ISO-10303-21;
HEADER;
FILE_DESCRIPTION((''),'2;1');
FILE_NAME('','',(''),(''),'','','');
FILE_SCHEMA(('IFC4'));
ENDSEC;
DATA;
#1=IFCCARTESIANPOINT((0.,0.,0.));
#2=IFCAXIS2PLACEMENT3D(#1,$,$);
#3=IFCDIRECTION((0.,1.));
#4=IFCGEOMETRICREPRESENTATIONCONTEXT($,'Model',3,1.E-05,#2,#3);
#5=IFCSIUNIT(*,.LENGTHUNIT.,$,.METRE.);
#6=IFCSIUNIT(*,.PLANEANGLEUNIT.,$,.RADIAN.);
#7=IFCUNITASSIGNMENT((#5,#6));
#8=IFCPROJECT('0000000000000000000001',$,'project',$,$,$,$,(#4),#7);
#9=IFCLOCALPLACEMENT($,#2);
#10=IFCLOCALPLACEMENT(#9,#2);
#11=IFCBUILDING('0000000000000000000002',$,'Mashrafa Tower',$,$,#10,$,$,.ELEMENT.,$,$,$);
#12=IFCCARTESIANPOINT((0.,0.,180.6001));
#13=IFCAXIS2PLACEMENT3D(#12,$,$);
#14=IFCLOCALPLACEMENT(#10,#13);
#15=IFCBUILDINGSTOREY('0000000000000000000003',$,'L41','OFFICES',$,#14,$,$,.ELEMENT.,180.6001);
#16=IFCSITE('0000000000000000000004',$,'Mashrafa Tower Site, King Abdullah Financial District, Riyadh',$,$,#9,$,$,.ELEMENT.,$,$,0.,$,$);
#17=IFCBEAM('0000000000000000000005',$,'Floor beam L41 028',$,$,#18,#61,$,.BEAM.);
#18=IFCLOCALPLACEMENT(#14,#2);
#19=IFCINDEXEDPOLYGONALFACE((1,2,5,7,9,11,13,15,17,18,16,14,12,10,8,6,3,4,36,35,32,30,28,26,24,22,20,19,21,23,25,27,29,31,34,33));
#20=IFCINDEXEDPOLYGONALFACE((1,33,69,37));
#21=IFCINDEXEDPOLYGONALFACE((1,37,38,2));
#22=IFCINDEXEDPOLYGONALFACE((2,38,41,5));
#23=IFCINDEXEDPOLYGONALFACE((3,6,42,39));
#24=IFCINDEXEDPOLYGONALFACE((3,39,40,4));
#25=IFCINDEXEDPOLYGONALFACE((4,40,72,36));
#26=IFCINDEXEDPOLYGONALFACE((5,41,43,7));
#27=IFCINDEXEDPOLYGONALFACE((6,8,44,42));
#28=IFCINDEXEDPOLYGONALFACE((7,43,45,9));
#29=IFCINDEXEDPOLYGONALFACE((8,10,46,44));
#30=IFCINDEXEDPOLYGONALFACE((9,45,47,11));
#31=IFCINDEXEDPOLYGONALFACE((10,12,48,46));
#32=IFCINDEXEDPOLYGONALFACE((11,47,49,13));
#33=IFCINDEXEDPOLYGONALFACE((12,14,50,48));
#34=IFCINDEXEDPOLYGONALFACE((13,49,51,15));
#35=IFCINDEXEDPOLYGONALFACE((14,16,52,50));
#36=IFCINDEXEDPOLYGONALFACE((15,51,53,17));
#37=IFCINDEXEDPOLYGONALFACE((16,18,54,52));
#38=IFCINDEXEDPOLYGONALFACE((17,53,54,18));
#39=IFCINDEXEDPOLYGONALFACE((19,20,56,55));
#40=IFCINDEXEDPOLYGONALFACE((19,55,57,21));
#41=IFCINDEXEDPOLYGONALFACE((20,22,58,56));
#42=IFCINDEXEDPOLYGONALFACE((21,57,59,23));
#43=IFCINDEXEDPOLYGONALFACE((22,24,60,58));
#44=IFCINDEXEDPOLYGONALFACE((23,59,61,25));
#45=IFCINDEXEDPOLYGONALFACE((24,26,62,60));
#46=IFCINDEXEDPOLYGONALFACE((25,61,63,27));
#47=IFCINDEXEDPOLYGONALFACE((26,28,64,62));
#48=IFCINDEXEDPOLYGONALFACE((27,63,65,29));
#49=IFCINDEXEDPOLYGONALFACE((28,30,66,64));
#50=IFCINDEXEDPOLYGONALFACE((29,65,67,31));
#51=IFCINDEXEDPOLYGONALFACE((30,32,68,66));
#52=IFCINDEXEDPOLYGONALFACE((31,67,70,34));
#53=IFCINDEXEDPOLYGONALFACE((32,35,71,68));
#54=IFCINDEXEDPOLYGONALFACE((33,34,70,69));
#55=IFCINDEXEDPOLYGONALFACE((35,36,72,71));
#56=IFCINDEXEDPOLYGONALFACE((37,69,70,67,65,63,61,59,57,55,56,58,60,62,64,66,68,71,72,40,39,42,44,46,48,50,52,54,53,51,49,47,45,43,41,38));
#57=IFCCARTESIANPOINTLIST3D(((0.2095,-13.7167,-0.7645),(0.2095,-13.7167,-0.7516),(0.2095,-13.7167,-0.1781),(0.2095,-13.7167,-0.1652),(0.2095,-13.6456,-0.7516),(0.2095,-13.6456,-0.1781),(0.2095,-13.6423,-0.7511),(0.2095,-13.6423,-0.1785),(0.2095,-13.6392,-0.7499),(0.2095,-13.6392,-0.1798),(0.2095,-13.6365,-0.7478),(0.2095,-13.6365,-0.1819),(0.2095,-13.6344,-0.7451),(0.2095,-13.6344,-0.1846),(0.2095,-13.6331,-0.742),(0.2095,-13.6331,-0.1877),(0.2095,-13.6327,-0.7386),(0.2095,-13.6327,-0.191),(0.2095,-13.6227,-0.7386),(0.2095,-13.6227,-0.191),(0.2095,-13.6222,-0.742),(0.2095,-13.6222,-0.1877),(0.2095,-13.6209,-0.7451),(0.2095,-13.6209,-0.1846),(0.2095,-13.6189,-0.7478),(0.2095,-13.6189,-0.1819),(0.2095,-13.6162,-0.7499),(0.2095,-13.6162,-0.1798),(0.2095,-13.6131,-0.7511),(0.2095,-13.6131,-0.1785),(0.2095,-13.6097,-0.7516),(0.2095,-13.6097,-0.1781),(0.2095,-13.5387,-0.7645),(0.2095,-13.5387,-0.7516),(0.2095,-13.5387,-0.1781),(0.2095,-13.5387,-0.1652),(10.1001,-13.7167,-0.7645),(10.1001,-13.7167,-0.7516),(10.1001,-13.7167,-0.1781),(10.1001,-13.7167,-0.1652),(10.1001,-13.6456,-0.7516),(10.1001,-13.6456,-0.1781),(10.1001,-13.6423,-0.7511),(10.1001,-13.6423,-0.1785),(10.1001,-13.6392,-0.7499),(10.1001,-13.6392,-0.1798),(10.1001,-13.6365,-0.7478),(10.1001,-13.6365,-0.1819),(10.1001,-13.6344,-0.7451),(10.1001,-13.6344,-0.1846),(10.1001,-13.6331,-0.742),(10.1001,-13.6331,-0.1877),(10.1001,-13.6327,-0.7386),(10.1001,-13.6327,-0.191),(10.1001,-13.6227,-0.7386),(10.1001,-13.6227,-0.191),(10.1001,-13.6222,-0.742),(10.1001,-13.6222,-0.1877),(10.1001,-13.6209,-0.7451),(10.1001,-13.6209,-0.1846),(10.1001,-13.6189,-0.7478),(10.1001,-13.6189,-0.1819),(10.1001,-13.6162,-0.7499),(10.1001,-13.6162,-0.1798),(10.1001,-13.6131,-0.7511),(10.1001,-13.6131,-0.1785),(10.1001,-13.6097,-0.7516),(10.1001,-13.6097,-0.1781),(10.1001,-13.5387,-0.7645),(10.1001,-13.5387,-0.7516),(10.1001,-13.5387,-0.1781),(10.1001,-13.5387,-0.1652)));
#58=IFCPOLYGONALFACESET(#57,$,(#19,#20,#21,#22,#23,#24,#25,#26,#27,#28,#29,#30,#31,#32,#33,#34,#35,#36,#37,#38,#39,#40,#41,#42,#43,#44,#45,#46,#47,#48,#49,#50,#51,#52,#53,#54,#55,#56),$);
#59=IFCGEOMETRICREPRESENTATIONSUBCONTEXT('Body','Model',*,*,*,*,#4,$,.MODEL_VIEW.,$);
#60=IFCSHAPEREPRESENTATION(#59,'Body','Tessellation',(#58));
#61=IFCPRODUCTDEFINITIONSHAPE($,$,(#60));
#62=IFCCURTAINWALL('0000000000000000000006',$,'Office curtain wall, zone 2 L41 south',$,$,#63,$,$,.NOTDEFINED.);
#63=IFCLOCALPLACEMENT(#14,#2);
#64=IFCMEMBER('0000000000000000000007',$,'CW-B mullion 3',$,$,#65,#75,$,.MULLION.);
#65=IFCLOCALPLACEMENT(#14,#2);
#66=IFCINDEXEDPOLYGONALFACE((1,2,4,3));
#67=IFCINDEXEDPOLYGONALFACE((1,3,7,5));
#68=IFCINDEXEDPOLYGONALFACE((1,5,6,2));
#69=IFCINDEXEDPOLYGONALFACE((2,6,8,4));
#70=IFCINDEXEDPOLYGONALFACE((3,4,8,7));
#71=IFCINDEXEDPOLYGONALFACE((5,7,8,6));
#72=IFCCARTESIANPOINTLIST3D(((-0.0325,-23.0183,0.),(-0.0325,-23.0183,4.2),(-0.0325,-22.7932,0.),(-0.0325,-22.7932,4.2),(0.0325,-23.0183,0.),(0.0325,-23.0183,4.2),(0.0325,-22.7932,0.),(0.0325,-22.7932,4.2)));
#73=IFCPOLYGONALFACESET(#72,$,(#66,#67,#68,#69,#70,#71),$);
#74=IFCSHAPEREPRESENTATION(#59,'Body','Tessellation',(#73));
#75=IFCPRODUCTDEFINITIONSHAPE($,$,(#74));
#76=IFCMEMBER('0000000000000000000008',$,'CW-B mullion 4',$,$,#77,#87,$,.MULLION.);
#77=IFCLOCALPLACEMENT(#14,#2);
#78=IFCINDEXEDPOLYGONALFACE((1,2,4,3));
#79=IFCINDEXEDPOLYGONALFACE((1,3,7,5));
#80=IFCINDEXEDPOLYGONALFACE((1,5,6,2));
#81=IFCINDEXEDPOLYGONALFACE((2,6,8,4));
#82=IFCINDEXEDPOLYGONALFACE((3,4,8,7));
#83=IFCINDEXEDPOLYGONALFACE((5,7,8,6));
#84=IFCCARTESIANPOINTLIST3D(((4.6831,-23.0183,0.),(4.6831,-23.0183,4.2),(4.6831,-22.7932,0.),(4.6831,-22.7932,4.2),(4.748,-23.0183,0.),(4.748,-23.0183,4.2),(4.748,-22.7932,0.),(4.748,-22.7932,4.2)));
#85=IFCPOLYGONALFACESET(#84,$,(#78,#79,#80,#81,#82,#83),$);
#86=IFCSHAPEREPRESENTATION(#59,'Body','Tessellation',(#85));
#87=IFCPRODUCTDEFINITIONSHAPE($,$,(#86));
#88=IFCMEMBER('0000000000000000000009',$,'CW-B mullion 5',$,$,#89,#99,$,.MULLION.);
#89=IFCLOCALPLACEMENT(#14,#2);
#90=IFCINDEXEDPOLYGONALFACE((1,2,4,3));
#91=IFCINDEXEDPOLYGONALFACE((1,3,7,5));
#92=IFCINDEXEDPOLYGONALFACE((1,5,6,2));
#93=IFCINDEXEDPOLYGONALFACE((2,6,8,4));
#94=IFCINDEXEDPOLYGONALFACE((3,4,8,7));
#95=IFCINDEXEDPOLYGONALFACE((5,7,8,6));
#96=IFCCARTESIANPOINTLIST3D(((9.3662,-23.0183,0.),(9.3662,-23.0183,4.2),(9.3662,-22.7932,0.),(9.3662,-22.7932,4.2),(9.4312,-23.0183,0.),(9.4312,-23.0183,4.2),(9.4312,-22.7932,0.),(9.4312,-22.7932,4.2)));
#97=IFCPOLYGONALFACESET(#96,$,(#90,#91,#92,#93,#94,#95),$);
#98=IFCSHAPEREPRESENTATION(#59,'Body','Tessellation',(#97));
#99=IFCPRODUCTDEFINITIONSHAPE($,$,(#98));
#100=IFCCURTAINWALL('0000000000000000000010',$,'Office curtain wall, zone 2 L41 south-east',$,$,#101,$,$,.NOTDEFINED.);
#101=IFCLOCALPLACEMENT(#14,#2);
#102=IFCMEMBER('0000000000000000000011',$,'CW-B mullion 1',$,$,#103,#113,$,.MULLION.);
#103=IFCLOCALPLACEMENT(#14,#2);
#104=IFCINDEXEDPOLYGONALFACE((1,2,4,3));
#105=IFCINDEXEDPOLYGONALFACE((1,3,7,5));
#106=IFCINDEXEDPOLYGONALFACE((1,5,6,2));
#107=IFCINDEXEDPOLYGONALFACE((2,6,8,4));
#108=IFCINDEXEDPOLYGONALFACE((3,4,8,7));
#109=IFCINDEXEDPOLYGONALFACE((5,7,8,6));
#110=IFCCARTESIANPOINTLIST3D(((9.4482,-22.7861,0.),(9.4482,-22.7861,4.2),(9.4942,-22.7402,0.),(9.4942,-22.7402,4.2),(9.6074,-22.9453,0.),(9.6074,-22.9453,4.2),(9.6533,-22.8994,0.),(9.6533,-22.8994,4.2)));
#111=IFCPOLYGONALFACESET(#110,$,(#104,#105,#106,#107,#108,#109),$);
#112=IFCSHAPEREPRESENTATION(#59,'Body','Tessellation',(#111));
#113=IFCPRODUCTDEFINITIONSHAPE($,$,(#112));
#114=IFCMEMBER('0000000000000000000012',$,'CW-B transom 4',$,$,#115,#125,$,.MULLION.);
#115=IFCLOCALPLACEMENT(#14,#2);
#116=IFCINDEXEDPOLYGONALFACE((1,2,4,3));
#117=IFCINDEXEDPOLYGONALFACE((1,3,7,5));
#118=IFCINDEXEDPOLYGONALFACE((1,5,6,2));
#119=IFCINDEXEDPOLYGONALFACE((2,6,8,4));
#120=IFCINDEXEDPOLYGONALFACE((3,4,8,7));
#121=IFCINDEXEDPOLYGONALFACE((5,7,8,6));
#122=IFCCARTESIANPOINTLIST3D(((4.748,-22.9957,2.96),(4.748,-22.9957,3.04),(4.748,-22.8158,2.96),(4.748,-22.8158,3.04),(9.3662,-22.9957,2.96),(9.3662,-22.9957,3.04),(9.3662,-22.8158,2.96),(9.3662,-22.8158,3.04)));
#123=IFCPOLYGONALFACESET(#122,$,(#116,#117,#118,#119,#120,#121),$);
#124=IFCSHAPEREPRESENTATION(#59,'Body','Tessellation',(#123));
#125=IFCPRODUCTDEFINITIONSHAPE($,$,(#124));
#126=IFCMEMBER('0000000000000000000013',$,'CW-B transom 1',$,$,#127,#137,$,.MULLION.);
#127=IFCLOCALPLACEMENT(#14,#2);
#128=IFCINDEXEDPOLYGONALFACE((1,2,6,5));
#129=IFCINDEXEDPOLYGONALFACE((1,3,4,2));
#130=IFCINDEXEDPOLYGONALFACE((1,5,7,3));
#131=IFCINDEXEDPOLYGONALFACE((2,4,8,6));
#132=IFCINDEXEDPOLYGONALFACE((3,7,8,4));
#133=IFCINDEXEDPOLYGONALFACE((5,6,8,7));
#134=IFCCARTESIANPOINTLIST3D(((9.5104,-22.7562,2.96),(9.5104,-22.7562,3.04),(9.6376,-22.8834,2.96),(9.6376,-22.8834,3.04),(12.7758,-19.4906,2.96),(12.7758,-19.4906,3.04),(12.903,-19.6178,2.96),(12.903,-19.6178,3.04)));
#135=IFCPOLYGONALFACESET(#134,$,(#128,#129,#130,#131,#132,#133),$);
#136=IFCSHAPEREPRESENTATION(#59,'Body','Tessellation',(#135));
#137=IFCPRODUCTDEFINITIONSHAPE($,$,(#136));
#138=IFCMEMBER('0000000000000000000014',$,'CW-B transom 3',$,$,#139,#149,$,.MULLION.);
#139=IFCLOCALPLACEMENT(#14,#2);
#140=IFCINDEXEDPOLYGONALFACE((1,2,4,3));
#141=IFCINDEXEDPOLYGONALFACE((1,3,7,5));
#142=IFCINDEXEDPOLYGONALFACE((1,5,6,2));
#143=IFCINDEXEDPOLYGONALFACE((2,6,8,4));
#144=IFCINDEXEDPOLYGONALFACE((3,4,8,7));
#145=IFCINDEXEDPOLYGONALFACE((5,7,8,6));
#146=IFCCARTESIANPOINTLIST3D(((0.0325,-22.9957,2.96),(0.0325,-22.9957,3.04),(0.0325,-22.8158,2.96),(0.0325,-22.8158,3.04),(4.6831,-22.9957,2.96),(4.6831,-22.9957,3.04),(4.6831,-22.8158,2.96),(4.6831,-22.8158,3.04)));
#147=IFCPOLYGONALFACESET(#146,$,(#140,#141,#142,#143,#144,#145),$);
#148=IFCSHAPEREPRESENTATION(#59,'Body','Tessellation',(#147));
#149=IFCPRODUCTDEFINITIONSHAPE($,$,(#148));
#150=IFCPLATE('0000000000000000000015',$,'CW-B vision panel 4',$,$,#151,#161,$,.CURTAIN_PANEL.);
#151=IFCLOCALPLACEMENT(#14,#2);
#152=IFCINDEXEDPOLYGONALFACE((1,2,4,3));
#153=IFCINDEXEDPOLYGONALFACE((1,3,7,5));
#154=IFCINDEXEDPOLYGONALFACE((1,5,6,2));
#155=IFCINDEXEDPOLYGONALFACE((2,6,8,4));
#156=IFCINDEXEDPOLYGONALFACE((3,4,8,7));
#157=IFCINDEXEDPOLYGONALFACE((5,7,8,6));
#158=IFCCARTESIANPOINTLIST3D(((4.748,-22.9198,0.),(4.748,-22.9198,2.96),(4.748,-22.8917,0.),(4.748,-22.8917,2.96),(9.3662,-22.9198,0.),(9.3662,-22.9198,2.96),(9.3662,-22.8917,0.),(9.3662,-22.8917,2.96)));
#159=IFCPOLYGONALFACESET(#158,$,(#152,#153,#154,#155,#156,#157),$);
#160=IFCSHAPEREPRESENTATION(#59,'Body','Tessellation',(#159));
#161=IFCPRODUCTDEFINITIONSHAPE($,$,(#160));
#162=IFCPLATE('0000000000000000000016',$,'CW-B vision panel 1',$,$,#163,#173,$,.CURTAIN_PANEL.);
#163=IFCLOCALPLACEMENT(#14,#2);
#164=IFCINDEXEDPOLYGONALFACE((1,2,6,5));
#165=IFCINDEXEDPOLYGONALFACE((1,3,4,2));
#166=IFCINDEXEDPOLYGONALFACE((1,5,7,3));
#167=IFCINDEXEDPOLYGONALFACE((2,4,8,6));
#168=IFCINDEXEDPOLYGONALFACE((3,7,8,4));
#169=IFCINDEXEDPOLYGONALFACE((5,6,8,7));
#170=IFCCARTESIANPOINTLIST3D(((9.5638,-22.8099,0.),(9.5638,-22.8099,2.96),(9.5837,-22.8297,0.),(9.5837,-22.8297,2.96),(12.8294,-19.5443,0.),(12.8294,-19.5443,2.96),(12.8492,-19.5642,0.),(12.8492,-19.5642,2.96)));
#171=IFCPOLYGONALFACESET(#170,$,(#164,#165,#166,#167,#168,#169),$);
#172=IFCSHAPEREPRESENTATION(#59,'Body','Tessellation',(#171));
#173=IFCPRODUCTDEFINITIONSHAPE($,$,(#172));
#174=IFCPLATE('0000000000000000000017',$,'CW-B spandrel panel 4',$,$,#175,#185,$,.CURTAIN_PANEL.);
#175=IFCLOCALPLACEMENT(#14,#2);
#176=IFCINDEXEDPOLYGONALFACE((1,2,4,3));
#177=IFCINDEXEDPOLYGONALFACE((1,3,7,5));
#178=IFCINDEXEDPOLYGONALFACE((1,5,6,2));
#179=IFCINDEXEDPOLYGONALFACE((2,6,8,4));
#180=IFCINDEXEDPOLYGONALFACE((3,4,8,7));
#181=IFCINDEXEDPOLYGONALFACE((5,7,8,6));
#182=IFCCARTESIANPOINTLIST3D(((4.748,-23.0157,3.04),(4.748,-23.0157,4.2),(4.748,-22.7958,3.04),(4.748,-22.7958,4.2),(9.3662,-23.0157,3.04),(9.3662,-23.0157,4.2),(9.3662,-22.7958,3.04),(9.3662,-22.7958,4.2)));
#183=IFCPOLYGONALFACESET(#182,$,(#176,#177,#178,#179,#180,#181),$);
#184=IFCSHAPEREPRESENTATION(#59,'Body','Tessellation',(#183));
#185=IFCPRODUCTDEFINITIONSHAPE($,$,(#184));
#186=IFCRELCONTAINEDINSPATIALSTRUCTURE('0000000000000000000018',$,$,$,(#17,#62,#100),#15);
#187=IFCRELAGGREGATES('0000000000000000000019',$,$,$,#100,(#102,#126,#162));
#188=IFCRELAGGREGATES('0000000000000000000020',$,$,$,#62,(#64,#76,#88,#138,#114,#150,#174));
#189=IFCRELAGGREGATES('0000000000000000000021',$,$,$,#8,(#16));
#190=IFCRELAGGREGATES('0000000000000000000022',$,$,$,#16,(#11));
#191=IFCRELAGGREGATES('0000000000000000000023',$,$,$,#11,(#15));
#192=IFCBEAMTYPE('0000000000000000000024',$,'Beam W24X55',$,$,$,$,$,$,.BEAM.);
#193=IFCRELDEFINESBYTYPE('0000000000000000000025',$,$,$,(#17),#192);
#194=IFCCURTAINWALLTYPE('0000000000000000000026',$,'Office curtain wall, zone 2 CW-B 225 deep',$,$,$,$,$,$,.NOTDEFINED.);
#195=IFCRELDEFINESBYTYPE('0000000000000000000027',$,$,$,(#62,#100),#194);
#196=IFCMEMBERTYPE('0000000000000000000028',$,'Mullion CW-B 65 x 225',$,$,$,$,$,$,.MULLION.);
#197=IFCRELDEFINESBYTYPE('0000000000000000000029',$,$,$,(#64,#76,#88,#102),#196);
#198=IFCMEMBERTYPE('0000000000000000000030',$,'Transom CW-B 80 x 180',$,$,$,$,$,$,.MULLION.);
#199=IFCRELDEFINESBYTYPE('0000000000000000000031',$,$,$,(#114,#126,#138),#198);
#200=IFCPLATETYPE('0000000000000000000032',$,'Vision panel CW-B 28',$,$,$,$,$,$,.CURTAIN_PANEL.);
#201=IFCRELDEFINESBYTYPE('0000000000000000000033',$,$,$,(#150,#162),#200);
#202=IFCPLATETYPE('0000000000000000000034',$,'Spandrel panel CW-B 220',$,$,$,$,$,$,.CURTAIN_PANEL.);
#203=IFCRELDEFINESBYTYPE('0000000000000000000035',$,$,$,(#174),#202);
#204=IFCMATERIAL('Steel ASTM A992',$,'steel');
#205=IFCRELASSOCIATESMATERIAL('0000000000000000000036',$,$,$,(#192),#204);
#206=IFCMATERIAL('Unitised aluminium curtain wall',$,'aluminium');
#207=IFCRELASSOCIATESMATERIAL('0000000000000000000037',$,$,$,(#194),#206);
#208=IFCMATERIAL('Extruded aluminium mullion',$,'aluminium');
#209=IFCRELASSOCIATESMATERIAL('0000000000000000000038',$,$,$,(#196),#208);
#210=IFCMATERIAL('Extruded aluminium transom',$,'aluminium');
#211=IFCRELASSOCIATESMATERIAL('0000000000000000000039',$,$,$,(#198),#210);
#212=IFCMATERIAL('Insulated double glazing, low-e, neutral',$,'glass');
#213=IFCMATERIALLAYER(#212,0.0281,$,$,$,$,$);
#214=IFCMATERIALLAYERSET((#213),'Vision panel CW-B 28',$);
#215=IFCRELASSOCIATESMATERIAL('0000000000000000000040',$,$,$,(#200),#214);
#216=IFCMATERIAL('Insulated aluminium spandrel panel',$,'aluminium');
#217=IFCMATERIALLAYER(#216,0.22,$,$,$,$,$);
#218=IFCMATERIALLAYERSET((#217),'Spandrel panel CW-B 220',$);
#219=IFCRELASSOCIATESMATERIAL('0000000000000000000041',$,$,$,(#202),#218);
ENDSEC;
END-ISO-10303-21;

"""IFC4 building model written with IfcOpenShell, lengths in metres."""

from ifc_helpers import new_model, si_unit, direction, frame, origin, origin_2d, place, context, subcontext, project, spatial, rectangle, i_section, extrude, source, transform, mapped, material, layer, layer_set, material_profile, profile_set, type_object, type_shapes, element, aggregate, save


model = new_model("IFC4")

# Units and contexts
model_context = context("Model", 3, precision=1e-05, world=origin(), true_north=direction((0.0, 1.0)))
body_context = subcontext(model_context, "Body", "Model", "MODEL_VIEW")
ifc_project = project(units=[si_unit("LENGTHUNIT", "METRE"), si_unit("PLANEANGLEUNIT", "RADIAN")], contexts=[model_context])

# Site, building, storey
site_placement = place(None, origin())
site = spatial("IfcSite", under=ifc_project, at=site_placement, Name="Mashrafa Tower Site, King Abdullah Financial District, Riyadh", CompositionType="ELEMENT", RefElevation=0.0)
building_placement = place(site_placement, origin())
building = spatial("IfcBuilding", under=site, at=building_placement, Name="Mashrafa Tower", CompositionType="ELEMENT")
storey_placement = place(building_placement, frame((0.0, 0.0, 180.6001)))
storey = spatial("IfcBuildingStorey", under=building, at=storey_placement, Name="L41", Description="OFFICES", CompositionType="ELEMENT", Elevation=180.6001)

# Beam
ifc_material_1 = material(Name="Steel ASTM A992", Category="steel")
ifc_material_profile_1 = material_profile(ifc_material_1, i_section(OverallWidth=0.178, OverallDepth=0.5994, WebThickness=0.01, FlangeThickness=0.0129, FilletRadius=0.0129, at=origin_2d()), Name="W24X55")
ifc_profile_set_1 = profile_set([ifc_material_profile_1], Name="Steel ASTM A992")
beam_type_1 = type_object("IfcBeamType", Name="Beam W24X55", PredefinedType="BEAM", material=ifc_profile_set_1)
beam_1_placement = place(storey_placement, frame((10.1001, -13.6277, -0.4648), z_axis=(-1.0, 0.0, 0.0), x_axis=(0.0, -1.0, 0.0)))
element("IfcBeam", 1, at=beam_1_placement, inside=storey, type_object=beam_type_1, Name="Floor beam L41 028", PredefinedType="BEAM", context=body_context, shape_type="SweptSolid", body=[
    extrude(i_section(OverallWidth=0.178, OverallDepth=0.5994, WebThickness=0.01, FlangeThickness=0.0129, FilletRadius=0.0129, at=origin_2d()), origin(), (0.0, 0.0, 1.0), 9.8906),
])

# Curtain wall, members
ifc_material_2 = material(Name="Unitised aluminium curtain wall", Category="aluminium")
curtain_wall_type = type_object("IfcCurtainWallType", Name="Office curtain wall, zone 2 CW-B 225 deep", PredefinedType="NOTDEFINED", material=ifc_material_2)
curtain_wall_1_placement = place(storey_placement, origin())
curtain_wall_1 = element("IfcCurtainWall", 2, at=curtain_wall_1_placement, inside=storey, type_object=curtain_wall_type, Name="Office curtain wall, zone 2 L41 south", PredefinedType="NOTDEFINED")
ifc_material_3 = material(Name="Extruded aluminium mullion", Category="aluminium")
ifc_material_profile_2 = material_profile(ifc_material_3, rectangle(XDim=0.2251, YDim=0.0649, at=origin_2d()), Name="Mullion 65x225")
ifc_profile_set_2 = profile_set([ifc_material_profile_2], Name="Extruded aluminium mullion")
member_type_1 = type_object("IfcMemberType", Name="Mullion CW-B 65 x 225", PredefinedType="MULLION", material=ifc_profile_set_2)
shared_shape_1 = source(origin(), body_context, "Body", "SweptSolid", [
    extrude(rectangle(XDim=0.2251, YDim=0.0649, at=origin_2d()), origin(), (0.0, 0.0, 1.0), 4.2),
])
type_shapes(member_type_1, [shared_shape_1])
member_1_placement = place(storey_placement, frame((0.0, -22.9058, 0.0), z_axis=(0.0, 0.0, 1.0), x_axis=(0.0, 1.0, 0.0)))
member_1 = element("IfcMember", 3, at=member_1_placement, type_object=member_type_1, Name="CW-B mullion 3", PredefinedType="MULLION", context=body_context, shape_type="MappedRepresentation", body=[
    mapped(shared_shape_1, transform((0.0, 0.0, 0.0))),
])
member_2_placement = place(storey_placement, frame((4.7156, -22.9058, 0.0), z_axis=(0.0, 0.0, 1.0), x_axis=(0.0, 1.0, 0.0)))
member_2 = element("IfcMember", 4, at=member_2_placement, type_object=member_type_1, Name="CW-B mullion 4", PredefinedType="MULLION", context=body_context, shape_type="MappedRepresentation", body=[
    mapped(shared_shape_1, transform((0.0, 0.0, 0.0))),
])
member_3_placement = place(storey_placement, frame((9.3987, -22.9058, 0.0), z_axis=(0.0, 0.0, 1.0), x_axis=(0.0, 1.0, 0.0)))
member_3 = element("IfcMember", 5, at=member_3_placement, type_object=member_type_1, Name="CW-B mullion 5", PredefinedType="MULLION", context=body_context, shape_type="MappedRepresentation", body=[
    mapped(shared_shape_1, transform((0.0, 0.0, 0.0))),
])

# Curtain wall, member
curtain_wall_2_placement = place(storey_placement, origin())
curtain_wall_2 = element("IfcCurtainWall", 6, at=curtain_wall_2_placement, inside=storey, type_object=curtain_wall_type, Name="Office curtain wall, zone 2 L41 south-east", PredefinedType="NOTDEFINED")
member_4_placement = place(storey_placement, frame((9.5508, -22.8428, 0.0), z_axis=(0.0, 0.0, 1.0), x_axis=(-0.707107, 0.707107, 0.0)))
member_4 = element("IfcMember", 7, at=member_4_placement, type_object=member_type_1, Name="CW-B mullion 1", PredefinedType="MULLION", context=body_context, shape_type="MappedRepresentation", body=[
    mapped(shared_shape_1, transform((0.0, 0.0, 0.0))),
])

# Members
ifc_material_4 = material(Name="Extruded aluminium transom", Category="aluminium")
ifc_material_profile_3 = material_profile(ifc_material_4, rectangle(XDim=0.1799, YDim=0.0801, at=origin_2d()), Name="Transom 80x180")
ifc_profile_set_3 = profile_set([ifc_material_profile_3], Name="Extruded aluminium transom")
member_type_2 = type_object("IfcMemberType", Name="Transom CW-B 80 x 180", PredefinedType="MULLION", material=ifc_profile_set_3)
shared_shape_2 = source(origin(), body_context, "Body", "SweptSolid", [
    extrude(rectangle(XDim=0.1799, YDim=0.0801, at=origin_2d()), origin(), (0.0, 0.0, 1.0), 4.6182),
])
member_5_placement = place(storey_placement, frame((4.748, -22.9058, 3.0), z_axis=(1.0, 0.0, 0.0), x_axis=(0.0, 1.0, 0.0)))
member_5 = element("IfcMember", 8, at=member_5_placement, type_object=member_type_2, Name="CW-B transom 4", PredefinedType="MULLION", context=body_context, shape_type="MappedRepresentation", body=[
    mapped(shared_shape_2, transform((0.0, 0.0, 0.0))),
])
member_6_placement = place(storey_placement, frame((9.574, -22.8198, 3.0), z_axis=(0.70708, 0.707133, 0.0), x_axis=(-0.707133, 0.70708, 0.0)))
member_6 = element("IfcMember", 9, at=member_6_placement, type_object=member_type_2, Name="CW-B transom 1", PredefinedType="MULLION", context=body_context, shape_type="MappedRepresentation", body=[
    mapped(shared_shape_2, transform((0.0, 0.0, 0.0))),
])
shared_shape_3 = source(origin(), body_context, "Body", "SweptSolid", [
    extrude(rectangle(XDim=0.1799, YDim=0.0801, at=origin_2d()), origin(), (0.0, 0.0, 1.0), 4.6506),
])
type_shapes(member_type_2, [shared_shape_2, shared_shape_3])
member_7_placement = place(storey_placement, frame((0.0325, -22.9058, 3.0), z_axis=(1.0, 0.0, 0.0), x_axis=(0.0, 1.0, 0.0)))
member_7 = element("IfcMember", 10, at=member_7_placement, type_object=member_type_2, Name="CW-B transom 3", PredefinedType="MULLION", context=body_context, shape_type="MappedRepresentation", body=[
    mapped(shared_shape_3, transform((0.0, 0.0, 0.0))),
])

# Plates
ifc_material_5 = material(Name="Insulated double glazing, low-e, neutral", Category="glass")
ifc_layer_1 = layer(ifc_material_5, 0.0281)
ifc_layer_set_1 = layer_set([ifc_layer_1], Name="Vision panel CW-B 28")
plate_type_1 = type_object("IfcPlateType", Name="Vision panel CW-B 28", PredefinedType="CURTAIN_PANEL", material=ifc_layer_set_1)
shared_shape_4 = source(origin(), body_context, "Body", "SweptSolid", [
    extrude(rectangle(XDim=4.6182, YDim=0.0281, at=origin_2d()), origin(), (0.0, 0.0, 1.0), 2.96),
])
plate_1_placement = place(storey_placement, frame((7.0571, -22.9058, 0.0), z_axis=(0.0, 0.0, 1.0), x_axis=(1.0, 0.0, 0.0)))
plate_1 = element("IfcPlate", 11, at=plate_1_placement, type_object=plate_type_1, Name="CW-B vision panel 4", PredefinedType="CURTAIN_PANEL", context=body_context, shape_type="MappedRepresentation", body=[
    mapped(shared_shape_4, transform((0.0, 0.0, 0.0))),
])
plate_2_placement = place(storey_placement, frame((11.2065, -21.187, 0.0), z_axis=(0.0, 0.0, 1.0), x_axis=(0.707107, 0.707107, 0.0)))
plate_2 = element("IfcPlate", 12, at=plate_2_placement, type_object=plate_type_1, Name="CW-B vision panel 1", PredefinedType="CURTAIN_PANEL", context=body_context, shape_type="MappedRepresentation", body=[
    mapped(shared_shape_4, transform((0.0, 0.0, 0.0))),
])
ifc_material_6 = material(Name="Insulated aluminium spandrel panel", Category="aluminium")
ifc_layer_2 = layer(ifc_material_6, 0.22)
ifc_layer_set_2 = layer_set([ifc_layer_2], Name="Spandrel panel CW-B 220")
plate_type_2 = type_object("IfcPlateType", Name="Spandrel panel CW-B 220", PredefinedType="CURTAIN_PANEL", material=ifc_layer_set_2)
shared_shape_5 = source(origin(), body_context, "Body", "SweptSolid", [
    extrude(rectangle(XDim=4.6182, YDim=0.22, at=origin_2d()), origin(), (0.0, 0.0, 1.0), 1.1599),
])
plate_3_placement = place(storey_placement, frame((7.0571, -22.9058, 3.04), z_axis=(0.0, 0.0, 1.0), x_axis=(1.0, 0.0, 0.0)))
plate_3 = element("IfcPlate", 13, at=plate_3_placement, type_object=plate_type_2, Name="CW-B spandrel panel 4", PredefinedType="CURTAIN_PANEL", context=body_context, shape_type="MappedRepresentation", body=[
    mapped(shared_shape_5, transform((0.0, 0.0, 0.0))),
])
aggregate(curtain_wall_2, [member_4, member_6, plate_2])
aggregate(curtain_wall_1, [member_1, member_2, member_3, member_7, member_5, plate_1, plate_3])

save(model, "model.ifc")
